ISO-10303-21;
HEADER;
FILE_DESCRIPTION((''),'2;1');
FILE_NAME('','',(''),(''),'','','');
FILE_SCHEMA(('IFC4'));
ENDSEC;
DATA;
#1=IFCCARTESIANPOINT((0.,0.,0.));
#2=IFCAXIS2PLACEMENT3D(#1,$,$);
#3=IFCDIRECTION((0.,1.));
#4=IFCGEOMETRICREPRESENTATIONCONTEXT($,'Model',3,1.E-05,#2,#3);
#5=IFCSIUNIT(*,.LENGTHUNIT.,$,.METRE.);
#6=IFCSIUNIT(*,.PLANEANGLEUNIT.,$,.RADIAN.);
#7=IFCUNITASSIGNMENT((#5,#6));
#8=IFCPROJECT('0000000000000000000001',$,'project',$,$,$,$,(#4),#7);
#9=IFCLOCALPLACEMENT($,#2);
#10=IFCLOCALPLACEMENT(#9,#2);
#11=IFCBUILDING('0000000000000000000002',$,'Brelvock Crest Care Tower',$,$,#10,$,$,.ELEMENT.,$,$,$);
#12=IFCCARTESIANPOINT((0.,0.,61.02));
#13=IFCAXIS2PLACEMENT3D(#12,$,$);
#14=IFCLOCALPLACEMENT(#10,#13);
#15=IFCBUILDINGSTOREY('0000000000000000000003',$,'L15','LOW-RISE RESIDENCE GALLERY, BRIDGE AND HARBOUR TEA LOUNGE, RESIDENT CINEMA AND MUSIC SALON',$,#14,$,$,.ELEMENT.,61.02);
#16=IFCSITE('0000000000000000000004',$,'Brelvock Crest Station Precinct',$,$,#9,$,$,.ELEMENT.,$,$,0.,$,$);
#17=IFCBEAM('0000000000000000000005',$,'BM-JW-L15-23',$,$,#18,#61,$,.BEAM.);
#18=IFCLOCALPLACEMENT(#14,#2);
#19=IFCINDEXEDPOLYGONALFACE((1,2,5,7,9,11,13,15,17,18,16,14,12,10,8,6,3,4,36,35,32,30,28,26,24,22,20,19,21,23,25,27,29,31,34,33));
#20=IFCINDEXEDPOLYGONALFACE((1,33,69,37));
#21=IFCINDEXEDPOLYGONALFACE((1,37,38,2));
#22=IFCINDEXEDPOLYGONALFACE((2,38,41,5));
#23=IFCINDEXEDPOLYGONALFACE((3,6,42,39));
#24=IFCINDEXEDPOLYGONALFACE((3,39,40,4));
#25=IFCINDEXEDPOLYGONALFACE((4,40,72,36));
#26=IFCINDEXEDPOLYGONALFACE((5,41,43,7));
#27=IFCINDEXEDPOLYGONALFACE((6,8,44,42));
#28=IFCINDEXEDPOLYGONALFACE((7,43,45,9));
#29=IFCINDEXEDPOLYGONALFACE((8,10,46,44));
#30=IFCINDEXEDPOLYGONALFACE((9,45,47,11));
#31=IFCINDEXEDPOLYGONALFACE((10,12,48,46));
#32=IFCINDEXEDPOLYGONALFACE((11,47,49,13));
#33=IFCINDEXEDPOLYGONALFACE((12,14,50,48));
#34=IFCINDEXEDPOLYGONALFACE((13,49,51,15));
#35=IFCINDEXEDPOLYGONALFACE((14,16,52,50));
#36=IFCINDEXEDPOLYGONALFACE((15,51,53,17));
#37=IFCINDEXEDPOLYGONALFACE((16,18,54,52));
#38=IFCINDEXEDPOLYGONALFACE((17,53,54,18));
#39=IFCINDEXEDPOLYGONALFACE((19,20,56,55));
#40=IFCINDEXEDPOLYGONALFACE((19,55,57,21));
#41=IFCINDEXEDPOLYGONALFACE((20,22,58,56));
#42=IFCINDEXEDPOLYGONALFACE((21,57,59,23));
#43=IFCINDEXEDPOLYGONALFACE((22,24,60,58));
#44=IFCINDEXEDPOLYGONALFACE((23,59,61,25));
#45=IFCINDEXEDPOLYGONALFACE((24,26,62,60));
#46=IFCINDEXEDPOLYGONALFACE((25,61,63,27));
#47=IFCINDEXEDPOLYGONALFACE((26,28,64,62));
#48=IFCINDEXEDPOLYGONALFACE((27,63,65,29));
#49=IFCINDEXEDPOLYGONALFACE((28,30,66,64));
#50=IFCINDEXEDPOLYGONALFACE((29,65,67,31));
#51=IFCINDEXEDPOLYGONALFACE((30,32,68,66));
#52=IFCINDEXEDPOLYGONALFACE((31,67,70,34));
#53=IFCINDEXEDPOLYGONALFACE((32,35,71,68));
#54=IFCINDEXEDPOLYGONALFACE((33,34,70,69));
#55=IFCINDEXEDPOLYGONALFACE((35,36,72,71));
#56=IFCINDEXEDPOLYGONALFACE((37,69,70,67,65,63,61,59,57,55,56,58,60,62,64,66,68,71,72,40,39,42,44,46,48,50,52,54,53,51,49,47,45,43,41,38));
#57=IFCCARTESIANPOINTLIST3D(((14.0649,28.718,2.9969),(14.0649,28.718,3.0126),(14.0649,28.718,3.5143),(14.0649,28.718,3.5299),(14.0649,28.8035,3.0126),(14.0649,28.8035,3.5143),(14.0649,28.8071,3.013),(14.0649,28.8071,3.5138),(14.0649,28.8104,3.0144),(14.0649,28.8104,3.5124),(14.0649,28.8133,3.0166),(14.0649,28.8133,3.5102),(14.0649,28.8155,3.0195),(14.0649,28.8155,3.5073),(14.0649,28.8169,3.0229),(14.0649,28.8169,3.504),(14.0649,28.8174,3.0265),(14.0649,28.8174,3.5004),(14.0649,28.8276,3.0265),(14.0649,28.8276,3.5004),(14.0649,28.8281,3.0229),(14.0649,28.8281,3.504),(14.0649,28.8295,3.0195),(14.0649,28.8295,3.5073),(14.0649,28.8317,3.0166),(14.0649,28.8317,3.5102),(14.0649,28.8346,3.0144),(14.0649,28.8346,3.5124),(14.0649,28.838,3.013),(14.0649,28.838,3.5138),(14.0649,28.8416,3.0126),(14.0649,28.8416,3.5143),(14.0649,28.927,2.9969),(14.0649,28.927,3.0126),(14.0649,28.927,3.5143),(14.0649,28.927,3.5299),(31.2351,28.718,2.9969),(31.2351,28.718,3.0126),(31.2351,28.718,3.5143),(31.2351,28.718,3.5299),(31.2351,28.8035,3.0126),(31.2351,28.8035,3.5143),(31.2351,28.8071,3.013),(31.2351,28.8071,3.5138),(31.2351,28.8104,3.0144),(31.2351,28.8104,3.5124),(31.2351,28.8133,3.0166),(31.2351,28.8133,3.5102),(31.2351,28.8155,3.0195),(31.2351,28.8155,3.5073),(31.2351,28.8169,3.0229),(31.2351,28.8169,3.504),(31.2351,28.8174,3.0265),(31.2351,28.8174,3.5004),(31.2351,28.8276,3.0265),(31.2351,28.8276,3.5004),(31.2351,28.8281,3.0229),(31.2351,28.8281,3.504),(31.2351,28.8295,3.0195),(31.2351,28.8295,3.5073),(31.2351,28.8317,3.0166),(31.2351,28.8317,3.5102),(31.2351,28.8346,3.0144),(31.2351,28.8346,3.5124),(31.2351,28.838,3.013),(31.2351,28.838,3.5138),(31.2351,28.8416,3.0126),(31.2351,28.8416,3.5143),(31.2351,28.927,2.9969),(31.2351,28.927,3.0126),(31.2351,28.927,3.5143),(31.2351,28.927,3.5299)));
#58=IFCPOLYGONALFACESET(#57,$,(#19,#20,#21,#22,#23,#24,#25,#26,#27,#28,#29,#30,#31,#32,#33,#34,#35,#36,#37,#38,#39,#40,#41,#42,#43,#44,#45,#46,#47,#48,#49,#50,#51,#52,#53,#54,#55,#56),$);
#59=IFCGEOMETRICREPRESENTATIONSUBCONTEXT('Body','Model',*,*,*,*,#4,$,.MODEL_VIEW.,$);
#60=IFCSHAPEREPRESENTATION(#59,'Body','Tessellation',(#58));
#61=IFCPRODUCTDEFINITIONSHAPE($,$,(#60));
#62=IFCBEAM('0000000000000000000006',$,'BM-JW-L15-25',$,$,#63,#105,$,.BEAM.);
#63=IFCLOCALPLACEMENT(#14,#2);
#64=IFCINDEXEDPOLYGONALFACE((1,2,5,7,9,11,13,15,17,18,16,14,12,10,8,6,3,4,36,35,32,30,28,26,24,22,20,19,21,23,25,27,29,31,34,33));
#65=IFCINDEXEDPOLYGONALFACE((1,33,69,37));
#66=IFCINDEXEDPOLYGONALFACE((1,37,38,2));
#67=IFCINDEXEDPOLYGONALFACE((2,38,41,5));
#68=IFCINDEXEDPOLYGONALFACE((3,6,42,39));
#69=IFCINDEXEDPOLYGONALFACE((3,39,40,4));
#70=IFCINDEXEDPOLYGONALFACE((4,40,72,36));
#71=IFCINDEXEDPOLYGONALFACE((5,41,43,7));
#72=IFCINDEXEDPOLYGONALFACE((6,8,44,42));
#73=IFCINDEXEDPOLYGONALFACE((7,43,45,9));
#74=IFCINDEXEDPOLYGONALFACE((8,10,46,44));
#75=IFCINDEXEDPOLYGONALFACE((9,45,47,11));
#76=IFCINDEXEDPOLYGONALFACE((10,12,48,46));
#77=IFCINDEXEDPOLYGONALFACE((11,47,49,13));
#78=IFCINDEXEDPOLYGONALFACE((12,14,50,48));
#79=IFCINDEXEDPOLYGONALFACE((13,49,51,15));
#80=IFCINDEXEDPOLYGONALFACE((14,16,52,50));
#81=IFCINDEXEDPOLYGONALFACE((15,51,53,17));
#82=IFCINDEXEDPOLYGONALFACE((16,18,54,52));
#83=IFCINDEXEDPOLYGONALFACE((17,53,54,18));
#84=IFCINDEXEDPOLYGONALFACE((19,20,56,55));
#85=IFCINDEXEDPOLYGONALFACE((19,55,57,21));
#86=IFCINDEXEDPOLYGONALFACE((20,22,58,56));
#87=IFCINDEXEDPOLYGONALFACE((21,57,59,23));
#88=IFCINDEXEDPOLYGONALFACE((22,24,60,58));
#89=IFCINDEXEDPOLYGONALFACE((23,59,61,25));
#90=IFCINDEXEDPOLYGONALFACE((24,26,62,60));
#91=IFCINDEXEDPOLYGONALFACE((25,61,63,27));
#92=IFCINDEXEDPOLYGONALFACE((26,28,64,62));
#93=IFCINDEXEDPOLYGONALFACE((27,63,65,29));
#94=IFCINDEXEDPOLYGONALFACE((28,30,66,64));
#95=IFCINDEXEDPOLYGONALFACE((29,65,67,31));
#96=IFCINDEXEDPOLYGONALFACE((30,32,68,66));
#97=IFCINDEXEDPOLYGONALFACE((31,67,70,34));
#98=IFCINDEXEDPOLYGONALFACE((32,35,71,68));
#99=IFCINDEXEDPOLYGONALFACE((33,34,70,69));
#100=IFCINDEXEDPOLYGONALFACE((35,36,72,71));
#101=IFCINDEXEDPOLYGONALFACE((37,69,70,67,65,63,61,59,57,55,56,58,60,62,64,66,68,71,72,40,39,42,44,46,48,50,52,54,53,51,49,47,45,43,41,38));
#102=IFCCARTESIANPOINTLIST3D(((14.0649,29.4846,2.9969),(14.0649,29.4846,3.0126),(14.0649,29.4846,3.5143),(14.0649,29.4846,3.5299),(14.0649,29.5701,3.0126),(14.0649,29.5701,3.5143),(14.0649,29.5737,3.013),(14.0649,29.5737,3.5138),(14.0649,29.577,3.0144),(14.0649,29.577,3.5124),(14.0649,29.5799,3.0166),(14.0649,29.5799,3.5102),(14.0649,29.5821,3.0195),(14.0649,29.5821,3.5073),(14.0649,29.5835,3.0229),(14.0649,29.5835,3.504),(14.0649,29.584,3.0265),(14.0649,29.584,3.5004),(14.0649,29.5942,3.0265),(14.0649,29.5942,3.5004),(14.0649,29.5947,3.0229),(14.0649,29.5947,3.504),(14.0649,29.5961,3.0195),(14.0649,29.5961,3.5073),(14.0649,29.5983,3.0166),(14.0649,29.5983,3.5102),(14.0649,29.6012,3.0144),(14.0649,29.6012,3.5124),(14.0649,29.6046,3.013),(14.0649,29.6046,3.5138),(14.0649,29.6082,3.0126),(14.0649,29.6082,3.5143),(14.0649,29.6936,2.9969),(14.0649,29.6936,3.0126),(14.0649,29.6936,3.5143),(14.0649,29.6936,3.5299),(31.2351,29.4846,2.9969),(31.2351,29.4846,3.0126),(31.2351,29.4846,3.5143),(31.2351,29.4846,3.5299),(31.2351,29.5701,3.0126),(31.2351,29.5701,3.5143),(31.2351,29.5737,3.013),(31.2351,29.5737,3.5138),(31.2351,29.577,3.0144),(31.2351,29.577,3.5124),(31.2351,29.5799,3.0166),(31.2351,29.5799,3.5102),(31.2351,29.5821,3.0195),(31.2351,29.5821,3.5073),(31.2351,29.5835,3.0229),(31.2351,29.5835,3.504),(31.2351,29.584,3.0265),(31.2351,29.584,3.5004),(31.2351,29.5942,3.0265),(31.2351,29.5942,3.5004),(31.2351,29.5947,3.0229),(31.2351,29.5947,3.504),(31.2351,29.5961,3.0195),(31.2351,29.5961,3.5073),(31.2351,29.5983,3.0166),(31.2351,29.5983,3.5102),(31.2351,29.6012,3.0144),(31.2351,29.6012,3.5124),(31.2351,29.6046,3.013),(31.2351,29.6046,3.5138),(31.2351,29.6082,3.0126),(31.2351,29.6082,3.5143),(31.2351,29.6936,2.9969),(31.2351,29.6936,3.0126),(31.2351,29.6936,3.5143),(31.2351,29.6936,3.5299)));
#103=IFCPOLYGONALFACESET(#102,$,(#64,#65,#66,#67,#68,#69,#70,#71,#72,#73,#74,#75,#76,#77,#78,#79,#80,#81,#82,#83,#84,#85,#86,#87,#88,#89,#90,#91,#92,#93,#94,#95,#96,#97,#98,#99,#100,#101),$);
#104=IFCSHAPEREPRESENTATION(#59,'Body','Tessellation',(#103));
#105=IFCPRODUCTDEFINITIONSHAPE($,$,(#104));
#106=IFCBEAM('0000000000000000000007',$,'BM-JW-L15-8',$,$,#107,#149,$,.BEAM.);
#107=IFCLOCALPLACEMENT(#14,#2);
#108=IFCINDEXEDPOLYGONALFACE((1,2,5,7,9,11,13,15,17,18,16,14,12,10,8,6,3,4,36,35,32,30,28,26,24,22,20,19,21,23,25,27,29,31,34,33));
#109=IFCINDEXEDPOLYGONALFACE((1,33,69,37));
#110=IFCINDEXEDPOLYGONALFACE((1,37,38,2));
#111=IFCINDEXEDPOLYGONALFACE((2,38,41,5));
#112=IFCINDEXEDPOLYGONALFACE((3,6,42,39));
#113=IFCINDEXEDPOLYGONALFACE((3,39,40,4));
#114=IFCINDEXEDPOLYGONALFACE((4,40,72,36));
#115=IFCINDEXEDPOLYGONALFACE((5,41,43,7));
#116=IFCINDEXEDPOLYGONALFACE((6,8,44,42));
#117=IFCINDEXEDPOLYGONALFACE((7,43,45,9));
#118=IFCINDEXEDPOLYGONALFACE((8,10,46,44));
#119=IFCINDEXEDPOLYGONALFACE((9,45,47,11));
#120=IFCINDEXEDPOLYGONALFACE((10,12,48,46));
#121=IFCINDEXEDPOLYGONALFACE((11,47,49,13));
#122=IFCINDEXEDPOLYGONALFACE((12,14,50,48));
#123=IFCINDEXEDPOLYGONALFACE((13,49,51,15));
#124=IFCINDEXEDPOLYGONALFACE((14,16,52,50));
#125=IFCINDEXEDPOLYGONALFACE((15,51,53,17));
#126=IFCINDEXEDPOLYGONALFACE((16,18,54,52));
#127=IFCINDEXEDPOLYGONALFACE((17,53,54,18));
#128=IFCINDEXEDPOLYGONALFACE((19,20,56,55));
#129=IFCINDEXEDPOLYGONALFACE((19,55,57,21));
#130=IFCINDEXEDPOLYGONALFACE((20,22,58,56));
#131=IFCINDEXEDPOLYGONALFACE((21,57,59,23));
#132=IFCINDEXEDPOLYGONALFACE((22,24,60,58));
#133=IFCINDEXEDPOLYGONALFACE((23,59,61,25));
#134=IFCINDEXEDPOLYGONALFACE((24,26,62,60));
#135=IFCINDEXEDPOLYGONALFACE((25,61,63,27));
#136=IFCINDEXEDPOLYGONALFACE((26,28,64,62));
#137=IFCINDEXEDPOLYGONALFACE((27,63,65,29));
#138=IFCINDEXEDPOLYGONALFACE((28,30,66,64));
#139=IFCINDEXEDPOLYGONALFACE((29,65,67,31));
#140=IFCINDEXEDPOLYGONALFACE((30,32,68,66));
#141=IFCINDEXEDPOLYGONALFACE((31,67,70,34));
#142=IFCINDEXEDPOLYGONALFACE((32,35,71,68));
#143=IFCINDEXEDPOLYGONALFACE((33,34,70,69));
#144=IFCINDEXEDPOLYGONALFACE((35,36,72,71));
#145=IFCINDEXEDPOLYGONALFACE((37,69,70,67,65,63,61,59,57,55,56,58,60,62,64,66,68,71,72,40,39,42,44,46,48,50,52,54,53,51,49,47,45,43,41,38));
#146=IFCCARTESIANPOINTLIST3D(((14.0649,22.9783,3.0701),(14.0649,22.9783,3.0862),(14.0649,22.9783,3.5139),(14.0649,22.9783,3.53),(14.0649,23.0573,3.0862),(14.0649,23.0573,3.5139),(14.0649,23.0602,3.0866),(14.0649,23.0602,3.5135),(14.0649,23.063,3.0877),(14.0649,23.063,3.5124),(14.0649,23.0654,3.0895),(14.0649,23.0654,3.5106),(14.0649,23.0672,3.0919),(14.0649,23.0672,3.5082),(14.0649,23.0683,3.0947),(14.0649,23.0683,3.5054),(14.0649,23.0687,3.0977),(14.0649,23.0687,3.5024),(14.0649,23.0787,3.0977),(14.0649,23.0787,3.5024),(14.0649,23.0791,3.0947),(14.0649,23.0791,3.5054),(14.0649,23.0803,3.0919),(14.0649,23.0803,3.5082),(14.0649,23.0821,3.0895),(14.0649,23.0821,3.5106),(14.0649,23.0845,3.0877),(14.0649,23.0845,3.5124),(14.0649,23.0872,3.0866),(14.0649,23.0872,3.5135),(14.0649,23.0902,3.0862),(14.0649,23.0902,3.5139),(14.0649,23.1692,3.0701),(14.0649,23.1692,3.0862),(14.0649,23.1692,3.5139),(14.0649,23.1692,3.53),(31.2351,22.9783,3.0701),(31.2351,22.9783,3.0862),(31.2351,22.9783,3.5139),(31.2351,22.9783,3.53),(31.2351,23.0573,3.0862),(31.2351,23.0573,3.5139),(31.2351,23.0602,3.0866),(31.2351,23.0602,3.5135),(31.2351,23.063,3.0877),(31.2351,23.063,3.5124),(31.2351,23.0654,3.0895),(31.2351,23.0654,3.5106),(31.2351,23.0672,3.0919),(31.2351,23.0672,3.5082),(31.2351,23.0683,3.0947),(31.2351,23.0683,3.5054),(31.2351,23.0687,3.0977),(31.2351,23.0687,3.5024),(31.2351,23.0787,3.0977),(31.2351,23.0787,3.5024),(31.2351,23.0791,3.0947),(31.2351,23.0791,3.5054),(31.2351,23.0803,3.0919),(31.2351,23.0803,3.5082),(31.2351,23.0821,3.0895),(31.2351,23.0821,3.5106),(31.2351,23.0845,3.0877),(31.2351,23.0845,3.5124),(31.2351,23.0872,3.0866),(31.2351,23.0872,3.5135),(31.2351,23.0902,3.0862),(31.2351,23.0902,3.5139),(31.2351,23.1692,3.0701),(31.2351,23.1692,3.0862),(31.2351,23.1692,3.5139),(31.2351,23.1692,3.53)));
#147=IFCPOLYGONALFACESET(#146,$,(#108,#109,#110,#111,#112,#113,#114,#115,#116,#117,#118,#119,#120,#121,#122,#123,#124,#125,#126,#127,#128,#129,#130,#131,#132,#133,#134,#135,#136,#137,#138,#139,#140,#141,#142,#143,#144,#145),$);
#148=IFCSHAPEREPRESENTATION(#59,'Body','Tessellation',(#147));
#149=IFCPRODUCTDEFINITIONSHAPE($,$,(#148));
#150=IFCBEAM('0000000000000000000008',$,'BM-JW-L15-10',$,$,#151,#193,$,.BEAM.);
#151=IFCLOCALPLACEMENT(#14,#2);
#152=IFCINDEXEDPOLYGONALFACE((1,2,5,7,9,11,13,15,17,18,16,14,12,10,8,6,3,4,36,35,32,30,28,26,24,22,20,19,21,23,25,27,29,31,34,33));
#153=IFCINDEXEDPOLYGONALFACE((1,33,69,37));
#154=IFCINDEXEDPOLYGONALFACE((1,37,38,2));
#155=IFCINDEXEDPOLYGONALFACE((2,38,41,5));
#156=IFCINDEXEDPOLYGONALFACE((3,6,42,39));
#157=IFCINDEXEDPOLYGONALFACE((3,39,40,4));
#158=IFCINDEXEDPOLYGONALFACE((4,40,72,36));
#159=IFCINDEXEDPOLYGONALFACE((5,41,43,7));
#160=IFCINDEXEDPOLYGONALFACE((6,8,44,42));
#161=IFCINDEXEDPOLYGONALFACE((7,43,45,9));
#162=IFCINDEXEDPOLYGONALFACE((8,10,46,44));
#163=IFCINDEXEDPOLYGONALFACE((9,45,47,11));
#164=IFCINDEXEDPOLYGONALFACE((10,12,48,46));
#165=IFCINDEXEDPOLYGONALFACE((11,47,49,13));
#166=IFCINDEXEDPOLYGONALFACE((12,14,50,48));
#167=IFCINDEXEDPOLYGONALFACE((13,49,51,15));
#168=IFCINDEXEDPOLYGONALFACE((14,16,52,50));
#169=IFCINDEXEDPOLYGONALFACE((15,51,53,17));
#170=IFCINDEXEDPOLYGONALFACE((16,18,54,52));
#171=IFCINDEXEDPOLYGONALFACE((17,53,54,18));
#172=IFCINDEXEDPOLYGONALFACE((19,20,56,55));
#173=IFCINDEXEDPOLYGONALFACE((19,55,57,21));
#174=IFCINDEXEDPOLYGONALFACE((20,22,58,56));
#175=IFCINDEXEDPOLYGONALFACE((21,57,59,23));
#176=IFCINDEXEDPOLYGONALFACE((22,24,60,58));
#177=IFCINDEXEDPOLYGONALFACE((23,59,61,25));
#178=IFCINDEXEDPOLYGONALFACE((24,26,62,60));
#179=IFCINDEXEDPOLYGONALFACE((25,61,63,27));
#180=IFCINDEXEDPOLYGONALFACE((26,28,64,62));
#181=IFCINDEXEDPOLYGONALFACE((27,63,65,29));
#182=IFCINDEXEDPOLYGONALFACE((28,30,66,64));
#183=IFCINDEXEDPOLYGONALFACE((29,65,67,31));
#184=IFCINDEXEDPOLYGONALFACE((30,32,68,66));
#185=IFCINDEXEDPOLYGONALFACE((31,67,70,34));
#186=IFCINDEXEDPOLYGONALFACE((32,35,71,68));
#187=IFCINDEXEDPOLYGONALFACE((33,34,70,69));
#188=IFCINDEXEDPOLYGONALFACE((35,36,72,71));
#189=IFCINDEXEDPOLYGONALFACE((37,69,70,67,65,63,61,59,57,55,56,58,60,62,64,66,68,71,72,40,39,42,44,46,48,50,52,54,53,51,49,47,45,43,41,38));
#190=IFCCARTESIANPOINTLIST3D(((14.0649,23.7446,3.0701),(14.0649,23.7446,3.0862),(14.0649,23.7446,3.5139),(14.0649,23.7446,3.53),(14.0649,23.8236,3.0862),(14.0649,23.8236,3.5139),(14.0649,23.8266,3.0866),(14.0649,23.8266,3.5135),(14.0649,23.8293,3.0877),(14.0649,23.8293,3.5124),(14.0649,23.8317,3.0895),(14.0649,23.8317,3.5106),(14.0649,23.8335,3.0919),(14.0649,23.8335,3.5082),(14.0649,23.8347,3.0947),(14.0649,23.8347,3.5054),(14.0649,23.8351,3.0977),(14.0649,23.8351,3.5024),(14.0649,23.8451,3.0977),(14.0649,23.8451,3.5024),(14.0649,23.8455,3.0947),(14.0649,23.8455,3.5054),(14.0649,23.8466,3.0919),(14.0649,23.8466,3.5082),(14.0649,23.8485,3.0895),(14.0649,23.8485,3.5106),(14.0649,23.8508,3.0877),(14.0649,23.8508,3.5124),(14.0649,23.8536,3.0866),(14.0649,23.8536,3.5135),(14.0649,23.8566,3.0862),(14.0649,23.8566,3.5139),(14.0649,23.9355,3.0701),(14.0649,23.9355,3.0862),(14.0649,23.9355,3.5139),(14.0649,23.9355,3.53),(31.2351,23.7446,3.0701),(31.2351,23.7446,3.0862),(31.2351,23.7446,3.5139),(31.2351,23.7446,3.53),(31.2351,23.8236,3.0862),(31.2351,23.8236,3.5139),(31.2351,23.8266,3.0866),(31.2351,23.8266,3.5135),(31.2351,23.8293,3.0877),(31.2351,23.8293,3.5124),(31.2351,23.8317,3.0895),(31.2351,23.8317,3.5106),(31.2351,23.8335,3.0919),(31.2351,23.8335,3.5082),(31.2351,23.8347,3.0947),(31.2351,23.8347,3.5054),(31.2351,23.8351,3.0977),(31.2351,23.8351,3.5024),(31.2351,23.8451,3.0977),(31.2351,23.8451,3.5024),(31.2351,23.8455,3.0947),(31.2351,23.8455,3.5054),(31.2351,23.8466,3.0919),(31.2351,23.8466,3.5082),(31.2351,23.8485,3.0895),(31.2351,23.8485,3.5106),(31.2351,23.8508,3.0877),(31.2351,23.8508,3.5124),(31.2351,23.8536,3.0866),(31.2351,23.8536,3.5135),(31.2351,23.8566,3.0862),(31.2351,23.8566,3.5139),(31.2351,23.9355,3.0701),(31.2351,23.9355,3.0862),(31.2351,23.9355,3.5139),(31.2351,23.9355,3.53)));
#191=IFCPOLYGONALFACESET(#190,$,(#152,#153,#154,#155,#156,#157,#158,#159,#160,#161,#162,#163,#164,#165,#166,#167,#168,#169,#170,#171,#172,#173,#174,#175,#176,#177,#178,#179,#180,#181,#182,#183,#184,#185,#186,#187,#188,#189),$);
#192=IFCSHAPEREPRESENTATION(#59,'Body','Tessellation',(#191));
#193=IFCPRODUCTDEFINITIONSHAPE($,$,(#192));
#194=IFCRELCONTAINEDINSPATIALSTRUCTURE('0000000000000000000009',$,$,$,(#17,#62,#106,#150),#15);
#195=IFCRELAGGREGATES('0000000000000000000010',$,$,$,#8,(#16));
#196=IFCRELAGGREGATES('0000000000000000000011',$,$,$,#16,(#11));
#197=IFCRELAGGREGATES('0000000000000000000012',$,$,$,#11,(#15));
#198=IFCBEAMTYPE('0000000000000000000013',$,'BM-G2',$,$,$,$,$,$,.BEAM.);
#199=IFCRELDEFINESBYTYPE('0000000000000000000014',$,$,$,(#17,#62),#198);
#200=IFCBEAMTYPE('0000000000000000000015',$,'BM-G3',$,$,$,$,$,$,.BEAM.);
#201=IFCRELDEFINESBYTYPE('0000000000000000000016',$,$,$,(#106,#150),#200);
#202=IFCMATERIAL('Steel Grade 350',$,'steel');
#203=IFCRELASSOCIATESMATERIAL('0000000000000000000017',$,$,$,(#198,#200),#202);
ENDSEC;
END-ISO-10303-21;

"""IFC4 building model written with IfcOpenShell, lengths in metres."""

from ifc_helpers import new_model, si_unit, direction, frame, origin, origin_2d, place, context, subcontext, project, spatial, i_section, extrude, source, transform, mapped, material, material_profile, profile_set, type_object, element, save


model = new_model("IFC4")

# Units and contexts
model_context = context("Model", 3, precision=1e-05, world=origin(), true_north=direction((0.0, 1.0)))
body_context = subcontext(model_context, "Body", "Model", "MODEL_VIEW")
ifc_project = project(units=[si_unit("LENGTHUNIT", "METRE"), si_unit("PLANEANGLEUNIT", "RADIAN")], contexts=[model_context])

# Site, building, storey
site_placement = place(None, origin())
site = spatial("IfcSite", under=ifc_project, at=site_placement, Name="Brelvock Crest Station Precinct", CompositionType="ELEMENT", RefElevation=0.0)
building_placement = place(site_placement, origin())
building = spatial("IfcBuilding", under=site, at=building_placement, Name="Brelvock Crest Care Tower", CompositionType="ELEMENT")
storey_placement = place(building_placement, frame((0.0, 0.0, 61.02)))
storey = spatial("IfcBuildingStorey", under=building, at=storey_placement, Name="L15", Description="LOW-RISE RESIDENCE GALLERY, BRIDGE AND HARBOUR TEA LOUNGE, RESIDENT CINEMA AND MUSIC SALON", CompositionType="ELEMENT", Elevation=61.02)

# Beams
ifc_material_1 = material(Name="Steel Grade 350", Category="steel")
ifc_material_profile_1 = material_profile(ifc_material_1, i_section(OverallWidth=0.209, OverallDepth=0.533, WebThickness=0.0103, FlangeThickness=0.0156, FilletRadius=0.0139, at=origin_2d()), Name="530UB92.4")
ifc_profile_set_1 = profile_set([ifc_material_profile_1], Name="Steel Grade 350")
beam_type_1 = type_object("IfcBeamType", Name="BM-G2", PredefinedType="BEAM", material=ifc_profile_set_1)
shared_shape_1 = source(origin(), body_context, "Body", "SweptSolid", [
    extrude(i_section(OverallWidth=0.209, OverallDepth=0.533, WebThickness=0.0103, FlangeThickness=0.0156, FilletRadius=0.0139, at=origin_2d()), origin(), (0.0, 0.0, 1.0), 17.1702),
])
for number, where, z_axis, x_axis, name in (
    (1, (14.0649, 28.8225, 3.2634), (1.0, 0.0, 0.0), (0.0, 1.0, 0.0), "BM-JW-L15-23"),
    (2, (14.0649, 29.5891, 3.2634), (1.0, 0.0, 0.0), (0.0, 1.0, 0.0), "BM-JW-L15-25"),
):
    element("IfcBeam", number, at=place(storey_placement, frame(where, z_axis=z_axis, x_axis=x_axis)), inside=storey, type_object=beam_type_1, Name=name, PredefinedType="BEAM", context=body_context, shape_type="MappedRepresentation", body=[
        mapped(shared_shape_1, transform((0.0, 0.0, 0.0), x_axis=(1.0, 0.0, 0.0), y_axis=(0.0, 1.0, 0.0), z_axis=(0.0, 0.0, 1.0), scale=1.0)),
    ])
ifc_material_profile_2 = material_profile(ifc_material_1, i_section(OverallWidth=0.1909, OverallDepth=0.46, WebThickness=0.01, FlangeThickness=0.0161, FilletRadius=0.0115, at=origin_2d()), Name="460UB82.1")
ifc_profile_set_2 = profile_set([ifc_material_profile_2], Name="Steel Grade 350")
beam_type_2 = type_object("IfcBeamType", Name="BM-G3", PredefinedType="BEAM", material=ifc_profile_set_2)
shared_shape_2 = source(origin(), body_context, "Body", "SweptSolid", [
    extrude(i_section(OverallWidth=0.1909, OverallDepth=0.46, WebThickness=0.01, FlangeThickness=0.0161, FilletRadius=0.0115, at=origin_2d()), origin(), (0.0, 0.0, 1.0), 17.1702),
])
for number, where, z_axis, x_axis, name in (
    (3, (14.0649, 23.0737, 3.3), (1.0, 0.0, 0.0), (0.0, 1.0, 0.0), "BM-JW-L15-8"),
    (4, (14.0649, 23.8401, 3.3), (1.0, 0.0, 0.0), (0.0, 1.0, 0.0), "BM-JW-L15-10"),
):
    element("IfcBeam", number, at=place(storey_placement, frame(where, z_axis=z_axis, x_axis=x_axis)), inside=storey, type_object=beam_type_2, Name=name, PredefinedType="BEAM", context=body_context, shape_type="MappedRepresentation", body=[
        mapped(shared_shape_2, transform((0.0, 0.0, 0.0), x_axis=(1.0, 0.0, 0.0), y_axis=(0.0, 1.0, 0.0), z_axis=(0.0, 0.0, 1.0), scale=1.0)),
    ])

save(model, "model.ifc")
